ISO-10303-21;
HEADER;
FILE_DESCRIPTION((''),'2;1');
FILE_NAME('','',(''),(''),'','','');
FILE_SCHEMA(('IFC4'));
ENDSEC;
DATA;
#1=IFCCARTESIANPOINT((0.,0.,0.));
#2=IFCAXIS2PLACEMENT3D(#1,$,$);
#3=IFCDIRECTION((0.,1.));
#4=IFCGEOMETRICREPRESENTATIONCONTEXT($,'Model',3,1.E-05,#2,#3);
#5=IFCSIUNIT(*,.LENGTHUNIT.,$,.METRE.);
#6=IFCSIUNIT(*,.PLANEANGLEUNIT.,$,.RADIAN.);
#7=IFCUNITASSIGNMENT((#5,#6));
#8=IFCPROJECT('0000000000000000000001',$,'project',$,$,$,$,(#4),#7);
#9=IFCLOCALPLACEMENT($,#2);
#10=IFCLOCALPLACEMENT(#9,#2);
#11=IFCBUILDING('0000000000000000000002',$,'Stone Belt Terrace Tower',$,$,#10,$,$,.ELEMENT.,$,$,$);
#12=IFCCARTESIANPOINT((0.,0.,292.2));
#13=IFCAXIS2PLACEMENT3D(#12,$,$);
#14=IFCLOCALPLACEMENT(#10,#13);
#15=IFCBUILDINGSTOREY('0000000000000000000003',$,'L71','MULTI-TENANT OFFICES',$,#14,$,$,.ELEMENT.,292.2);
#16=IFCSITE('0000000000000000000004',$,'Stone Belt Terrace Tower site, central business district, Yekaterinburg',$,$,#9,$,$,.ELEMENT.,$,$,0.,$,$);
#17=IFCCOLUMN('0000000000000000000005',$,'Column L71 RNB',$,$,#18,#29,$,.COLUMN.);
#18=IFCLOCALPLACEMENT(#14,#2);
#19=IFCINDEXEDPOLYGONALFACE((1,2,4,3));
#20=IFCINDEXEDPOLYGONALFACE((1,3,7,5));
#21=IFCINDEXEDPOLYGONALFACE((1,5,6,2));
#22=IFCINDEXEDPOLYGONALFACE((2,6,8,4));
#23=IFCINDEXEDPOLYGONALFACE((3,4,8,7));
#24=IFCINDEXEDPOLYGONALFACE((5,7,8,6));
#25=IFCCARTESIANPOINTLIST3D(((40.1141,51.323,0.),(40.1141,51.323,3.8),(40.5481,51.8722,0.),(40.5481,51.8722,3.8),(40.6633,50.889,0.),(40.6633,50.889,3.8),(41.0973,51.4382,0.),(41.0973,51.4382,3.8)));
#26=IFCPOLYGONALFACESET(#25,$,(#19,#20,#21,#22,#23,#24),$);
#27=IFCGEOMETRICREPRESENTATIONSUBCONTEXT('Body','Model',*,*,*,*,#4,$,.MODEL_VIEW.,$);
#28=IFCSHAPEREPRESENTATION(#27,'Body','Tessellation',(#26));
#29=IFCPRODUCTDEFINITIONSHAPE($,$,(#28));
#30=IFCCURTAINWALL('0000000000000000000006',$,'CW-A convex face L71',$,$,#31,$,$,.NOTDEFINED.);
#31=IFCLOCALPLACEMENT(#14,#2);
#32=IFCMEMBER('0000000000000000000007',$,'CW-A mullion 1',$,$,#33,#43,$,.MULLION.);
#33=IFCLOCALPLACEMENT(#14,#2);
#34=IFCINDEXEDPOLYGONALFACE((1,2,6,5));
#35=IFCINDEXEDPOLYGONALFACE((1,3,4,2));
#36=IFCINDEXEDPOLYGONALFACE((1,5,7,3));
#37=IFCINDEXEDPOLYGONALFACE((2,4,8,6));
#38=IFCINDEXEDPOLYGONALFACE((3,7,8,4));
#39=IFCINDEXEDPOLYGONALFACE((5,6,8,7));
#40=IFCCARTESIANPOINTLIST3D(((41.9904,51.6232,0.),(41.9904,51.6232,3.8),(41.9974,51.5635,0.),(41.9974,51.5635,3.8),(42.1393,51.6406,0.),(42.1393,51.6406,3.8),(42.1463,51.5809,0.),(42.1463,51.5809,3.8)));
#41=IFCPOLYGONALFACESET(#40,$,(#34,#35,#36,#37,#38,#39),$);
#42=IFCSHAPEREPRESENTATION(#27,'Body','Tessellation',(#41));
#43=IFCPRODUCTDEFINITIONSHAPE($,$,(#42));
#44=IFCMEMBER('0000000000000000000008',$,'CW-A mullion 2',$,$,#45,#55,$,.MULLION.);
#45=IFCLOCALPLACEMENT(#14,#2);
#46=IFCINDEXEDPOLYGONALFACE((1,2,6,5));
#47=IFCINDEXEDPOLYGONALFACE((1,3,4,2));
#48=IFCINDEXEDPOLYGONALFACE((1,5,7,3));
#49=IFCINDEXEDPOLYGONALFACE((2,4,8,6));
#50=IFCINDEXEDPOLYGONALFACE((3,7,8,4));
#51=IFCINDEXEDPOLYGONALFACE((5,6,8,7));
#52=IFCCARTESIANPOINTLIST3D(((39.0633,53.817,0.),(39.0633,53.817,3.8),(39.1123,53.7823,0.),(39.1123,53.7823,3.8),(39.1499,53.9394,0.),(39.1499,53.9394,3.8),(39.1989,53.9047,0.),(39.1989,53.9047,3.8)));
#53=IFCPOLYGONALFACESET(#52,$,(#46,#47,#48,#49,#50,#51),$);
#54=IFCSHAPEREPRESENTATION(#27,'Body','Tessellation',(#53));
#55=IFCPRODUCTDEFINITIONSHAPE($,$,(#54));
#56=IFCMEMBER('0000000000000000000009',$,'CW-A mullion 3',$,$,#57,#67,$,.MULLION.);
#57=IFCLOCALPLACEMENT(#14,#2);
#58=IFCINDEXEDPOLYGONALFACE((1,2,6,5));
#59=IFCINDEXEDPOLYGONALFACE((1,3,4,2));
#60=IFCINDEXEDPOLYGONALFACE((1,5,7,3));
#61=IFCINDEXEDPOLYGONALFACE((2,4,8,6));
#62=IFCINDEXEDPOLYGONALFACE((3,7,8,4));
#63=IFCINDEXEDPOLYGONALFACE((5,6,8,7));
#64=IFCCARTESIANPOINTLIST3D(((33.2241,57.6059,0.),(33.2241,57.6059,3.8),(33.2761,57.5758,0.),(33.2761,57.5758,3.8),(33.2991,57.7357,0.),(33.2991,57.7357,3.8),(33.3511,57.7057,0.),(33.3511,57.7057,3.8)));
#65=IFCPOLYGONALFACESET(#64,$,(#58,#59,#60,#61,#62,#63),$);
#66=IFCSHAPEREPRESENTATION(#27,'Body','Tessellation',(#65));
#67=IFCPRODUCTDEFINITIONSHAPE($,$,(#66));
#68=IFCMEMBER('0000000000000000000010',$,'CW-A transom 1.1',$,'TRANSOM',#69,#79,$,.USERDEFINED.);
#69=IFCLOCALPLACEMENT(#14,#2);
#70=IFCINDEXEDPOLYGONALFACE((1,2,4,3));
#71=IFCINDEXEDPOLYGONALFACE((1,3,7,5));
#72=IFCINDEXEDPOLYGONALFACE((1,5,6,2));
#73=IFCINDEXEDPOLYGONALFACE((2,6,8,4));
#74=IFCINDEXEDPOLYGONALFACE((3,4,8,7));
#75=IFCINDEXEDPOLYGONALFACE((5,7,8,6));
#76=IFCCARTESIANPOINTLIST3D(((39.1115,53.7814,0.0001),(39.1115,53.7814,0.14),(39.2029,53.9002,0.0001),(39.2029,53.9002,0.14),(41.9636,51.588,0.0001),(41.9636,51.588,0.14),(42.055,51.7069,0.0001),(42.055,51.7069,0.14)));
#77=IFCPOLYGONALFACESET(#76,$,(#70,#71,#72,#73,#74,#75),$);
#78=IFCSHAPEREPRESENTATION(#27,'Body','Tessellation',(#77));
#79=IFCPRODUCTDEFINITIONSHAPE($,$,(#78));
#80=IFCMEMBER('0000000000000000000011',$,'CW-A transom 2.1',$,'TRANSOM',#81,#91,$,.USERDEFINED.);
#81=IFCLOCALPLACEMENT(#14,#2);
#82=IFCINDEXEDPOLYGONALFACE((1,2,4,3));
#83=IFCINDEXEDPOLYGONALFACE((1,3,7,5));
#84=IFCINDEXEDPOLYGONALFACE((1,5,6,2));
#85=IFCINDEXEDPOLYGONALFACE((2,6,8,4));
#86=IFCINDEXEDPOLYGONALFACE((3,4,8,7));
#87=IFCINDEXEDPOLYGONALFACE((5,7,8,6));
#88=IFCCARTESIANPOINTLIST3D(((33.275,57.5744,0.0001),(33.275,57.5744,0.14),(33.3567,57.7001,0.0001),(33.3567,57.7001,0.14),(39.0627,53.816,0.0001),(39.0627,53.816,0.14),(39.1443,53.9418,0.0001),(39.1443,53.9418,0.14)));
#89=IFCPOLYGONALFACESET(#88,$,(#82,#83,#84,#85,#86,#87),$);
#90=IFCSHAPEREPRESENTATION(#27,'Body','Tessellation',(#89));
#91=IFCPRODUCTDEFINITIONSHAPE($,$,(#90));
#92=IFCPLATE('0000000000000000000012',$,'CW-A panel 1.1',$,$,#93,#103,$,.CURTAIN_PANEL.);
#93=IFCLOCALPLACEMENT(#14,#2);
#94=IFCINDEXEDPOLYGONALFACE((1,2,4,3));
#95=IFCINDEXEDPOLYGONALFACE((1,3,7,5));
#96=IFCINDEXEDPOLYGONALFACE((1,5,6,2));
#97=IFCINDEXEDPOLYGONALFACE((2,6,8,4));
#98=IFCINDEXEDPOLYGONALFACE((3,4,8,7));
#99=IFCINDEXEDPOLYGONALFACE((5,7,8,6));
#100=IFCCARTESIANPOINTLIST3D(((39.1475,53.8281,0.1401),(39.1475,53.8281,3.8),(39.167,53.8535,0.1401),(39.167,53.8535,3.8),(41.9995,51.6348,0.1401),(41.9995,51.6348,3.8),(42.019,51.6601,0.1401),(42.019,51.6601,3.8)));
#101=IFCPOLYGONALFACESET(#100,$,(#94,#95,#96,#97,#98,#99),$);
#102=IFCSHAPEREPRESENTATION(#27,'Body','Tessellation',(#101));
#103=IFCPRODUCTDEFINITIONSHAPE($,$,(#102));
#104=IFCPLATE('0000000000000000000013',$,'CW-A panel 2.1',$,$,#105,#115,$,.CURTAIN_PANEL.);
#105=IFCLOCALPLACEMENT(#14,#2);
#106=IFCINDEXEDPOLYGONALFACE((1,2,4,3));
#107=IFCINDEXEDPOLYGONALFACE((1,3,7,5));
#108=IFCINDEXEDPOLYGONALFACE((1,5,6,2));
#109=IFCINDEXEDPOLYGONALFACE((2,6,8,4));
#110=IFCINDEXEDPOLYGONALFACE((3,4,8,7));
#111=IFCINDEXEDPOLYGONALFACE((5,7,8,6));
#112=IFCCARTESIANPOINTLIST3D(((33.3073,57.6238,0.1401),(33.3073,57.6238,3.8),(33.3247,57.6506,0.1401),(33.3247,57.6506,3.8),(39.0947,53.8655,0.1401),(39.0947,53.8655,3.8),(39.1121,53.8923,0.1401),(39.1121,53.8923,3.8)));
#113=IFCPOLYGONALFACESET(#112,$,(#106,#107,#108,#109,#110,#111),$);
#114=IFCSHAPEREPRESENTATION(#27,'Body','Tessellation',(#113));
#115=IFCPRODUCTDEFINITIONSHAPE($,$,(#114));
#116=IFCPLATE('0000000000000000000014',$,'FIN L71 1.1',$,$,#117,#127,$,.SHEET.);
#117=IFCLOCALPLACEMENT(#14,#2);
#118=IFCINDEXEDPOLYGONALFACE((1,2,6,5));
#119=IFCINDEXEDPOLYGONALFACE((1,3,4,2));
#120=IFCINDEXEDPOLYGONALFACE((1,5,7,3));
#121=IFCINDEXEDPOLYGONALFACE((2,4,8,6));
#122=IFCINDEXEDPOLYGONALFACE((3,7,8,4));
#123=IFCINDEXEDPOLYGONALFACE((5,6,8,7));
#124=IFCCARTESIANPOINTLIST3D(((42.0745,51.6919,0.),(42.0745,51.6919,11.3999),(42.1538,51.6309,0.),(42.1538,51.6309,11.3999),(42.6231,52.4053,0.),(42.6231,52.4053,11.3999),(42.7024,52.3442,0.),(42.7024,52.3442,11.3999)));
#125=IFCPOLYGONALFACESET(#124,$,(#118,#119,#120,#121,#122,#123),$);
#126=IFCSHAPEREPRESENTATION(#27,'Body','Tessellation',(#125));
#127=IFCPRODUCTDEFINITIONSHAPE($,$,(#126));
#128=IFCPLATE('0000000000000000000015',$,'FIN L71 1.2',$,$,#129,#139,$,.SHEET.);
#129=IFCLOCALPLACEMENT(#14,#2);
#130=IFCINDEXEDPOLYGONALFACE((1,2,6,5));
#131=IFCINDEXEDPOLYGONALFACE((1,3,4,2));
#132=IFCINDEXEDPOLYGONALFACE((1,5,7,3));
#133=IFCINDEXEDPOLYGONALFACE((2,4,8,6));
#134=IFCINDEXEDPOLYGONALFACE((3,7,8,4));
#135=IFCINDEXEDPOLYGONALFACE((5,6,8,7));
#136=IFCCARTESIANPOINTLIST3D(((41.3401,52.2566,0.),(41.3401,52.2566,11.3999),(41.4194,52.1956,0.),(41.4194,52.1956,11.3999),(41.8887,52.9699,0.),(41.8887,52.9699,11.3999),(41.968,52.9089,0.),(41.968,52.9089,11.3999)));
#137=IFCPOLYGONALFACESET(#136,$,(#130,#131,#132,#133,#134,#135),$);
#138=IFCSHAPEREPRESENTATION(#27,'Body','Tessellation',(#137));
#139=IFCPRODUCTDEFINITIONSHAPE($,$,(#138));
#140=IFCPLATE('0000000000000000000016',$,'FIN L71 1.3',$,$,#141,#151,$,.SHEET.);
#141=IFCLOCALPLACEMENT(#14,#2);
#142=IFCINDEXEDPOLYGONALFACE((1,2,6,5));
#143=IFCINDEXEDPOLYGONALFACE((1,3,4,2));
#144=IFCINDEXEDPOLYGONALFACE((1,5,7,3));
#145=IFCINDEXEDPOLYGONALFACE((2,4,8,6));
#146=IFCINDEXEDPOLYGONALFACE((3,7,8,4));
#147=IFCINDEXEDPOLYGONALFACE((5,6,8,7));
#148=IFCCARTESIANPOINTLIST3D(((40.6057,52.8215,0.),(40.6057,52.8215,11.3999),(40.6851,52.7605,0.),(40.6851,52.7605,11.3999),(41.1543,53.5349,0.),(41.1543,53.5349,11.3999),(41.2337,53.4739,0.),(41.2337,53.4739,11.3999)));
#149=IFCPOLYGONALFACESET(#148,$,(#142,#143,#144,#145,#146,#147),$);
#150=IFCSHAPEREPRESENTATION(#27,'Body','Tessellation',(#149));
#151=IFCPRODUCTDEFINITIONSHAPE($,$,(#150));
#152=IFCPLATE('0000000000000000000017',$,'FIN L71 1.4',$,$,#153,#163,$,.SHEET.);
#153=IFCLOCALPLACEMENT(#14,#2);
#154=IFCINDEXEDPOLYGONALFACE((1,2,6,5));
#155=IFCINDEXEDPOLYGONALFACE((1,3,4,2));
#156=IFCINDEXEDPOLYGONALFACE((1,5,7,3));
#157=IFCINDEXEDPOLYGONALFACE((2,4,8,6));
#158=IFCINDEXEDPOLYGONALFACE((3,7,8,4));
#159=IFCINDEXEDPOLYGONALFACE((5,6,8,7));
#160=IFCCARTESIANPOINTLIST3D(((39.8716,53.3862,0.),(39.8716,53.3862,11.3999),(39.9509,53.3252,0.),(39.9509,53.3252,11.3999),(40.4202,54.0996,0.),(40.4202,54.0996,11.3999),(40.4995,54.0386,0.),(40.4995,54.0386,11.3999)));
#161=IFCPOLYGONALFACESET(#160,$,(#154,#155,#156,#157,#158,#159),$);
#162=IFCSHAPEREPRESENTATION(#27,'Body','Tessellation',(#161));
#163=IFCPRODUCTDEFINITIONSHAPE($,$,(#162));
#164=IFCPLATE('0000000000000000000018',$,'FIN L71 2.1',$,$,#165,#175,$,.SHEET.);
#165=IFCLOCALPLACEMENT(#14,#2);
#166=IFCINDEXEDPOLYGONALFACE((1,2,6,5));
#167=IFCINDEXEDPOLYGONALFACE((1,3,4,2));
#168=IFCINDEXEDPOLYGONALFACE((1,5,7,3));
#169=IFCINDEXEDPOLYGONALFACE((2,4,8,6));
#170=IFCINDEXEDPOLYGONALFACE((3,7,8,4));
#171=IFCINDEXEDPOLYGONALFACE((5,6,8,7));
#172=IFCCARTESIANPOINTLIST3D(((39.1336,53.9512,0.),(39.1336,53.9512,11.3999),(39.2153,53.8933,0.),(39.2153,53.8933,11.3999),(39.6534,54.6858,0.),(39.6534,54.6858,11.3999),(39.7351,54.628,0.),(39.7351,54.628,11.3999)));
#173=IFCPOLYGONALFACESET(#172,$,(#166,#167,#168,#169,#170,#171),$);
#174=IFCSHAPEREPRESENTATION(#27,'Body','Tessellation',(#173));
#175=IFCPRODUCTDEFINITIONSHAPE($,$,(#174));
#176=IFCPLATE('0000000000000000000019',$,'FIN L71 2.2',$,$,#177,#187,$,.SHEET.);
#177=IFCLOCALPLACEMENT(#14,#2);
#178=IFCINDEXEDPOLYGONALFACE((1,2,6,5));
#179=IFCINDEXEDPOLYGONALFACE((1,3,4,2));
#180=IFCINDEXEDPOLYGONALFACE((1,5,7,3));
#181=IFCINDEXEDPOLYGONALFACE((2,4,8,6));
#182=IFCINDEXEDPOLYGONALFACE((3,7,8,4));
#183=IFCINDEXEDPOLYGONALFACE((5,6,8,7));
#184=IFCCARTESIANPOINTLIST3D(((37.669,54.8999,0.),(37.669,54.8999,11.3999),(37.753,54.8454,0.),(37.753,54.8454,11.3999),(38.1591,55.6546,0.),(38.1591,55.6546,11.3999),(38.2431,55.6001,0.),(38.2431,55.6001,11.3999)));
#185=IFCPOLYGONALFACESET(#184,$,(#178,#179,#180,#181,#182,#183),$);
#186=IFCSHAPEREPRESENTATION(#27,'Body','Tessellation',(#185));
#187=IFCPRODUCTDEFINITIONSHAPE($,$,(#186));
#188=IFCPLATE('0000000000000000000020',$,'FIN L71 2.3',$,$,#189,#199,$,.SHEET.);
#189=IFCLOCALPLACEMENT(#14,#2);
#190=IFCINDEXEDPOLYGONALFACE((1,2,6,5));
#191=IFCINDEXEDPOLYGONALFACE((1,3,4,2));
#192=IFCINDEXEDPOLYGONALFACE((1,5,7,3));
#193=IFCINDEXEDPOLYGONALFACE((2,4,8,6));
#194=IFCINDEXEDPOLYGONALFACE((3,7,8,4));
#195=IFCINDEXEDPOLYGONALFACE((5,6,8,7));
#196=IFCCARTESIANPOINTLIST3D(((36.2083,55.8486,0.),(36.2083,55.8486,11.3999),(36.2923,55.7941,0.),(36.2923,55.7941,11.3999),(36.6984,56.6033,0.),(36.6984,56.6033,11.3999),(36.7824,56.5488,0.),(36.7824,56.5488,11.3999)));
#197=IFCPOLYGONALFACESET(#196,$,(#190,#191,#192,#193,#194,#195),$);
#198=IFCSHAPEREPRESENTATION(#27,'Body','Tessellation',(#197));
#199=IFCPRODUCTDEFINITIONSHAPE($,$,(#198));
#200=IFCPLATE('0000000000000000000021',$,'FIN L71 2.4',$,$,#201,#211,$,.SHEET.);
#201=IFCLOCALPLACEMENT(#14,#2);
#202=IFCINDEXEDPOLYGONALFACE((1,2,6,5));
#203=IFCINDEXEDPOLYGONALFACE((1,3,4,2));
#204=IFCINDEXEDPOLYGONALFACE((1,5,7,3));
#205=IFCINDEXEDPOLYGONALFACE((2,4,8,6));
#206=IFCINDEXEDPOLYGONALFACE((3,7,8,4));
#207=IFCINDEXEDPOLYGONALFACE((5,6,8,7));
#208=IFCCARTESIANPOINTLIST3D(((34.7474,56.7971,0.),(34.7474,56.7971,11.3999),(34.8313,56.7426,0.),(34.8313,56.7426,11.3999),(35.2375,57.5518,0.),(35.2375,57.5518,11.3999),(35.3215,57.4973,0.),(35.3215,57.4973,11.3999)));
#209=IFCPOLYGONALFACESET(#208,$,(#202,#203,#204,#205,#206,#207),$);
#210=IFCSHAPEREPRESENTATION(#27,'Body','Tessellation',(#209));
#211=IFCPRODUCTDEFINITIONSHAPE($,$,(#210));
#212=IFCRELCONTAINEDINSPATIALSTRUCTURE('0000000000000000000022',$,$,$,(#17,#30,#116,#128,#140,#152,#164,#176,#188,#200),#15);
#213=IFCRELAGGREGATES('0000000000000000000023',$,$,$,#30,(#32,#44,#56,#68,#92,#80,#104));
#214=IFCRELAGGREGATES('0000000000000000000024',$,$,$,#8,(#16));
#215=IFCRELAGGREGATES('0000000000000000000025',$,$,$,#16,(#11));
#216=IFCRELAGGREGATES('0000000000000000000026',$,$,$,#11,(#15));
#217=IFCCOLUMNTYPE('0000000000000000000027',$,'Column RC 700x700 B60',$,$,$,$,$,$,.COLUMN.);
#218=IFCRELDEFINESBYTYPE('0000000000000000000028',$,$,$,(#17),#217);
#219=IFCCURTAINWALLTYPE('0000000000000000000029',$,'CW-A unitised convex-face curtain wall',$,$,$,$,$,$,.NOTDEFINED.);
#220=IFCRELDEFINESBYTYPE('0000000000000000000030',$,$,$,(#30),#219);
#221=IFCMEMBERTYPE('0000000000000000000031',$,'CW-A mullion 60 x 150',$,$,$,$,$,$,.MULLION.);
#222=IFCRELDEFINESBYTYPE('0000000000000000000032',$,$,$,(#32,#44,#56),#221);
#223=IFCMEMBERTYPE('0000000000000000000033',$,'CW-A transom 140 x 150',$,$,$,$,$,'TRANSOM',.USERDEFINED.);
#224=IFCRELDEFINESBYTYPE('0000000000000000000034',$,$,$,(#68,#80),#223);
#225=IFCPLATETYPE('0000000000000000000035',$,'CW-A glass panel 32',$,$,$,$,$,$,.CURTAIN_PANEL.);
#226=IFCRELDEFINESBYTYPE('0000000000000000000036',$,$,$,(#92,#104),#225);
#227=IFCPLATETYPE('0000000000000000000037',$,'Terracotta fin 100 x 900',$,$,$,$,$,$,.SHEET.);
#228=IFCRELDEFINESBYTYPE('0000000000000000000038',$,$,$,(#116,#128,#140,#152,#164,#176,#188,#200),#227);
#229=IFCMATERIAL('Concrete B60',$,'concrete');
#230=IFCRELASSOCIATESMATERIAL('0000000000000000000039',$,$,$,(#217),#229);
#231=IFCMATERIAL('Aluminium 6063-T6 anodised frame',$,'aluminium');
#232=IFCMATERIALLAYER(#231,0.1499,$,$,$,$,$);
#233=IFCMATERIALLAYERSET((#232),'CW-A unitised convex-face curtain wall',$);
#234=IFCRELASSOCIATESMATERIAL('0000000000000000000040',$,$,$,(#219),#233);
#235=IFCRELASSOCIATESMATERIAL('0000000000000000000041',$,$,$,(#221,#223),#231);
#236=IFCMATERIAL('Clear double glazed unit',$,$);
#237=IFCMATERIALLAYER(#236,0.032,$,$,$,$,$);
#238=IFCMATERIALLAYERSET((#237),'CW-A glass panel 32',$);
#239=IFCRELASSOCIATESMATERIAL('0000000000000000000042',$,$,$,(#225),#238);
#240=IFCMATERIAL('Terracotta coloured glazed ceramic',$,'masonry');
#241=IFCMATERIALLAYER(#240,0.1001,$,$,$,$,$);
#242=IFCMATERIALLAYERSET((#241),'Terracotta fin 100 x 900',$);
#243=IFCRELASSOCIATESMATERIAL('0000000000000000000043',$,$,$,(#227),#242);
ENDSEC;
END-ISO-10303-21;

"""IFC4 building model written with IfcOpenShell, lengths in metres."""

from ifc_helpers import new_model, si_unit, direction, frame, origin, origin_2d, place, context, subcontext, project, spatial, rectangle, extrude, material, layer, layer_set, material_profile, profile_set, type_object, element, aggregate, save


model = new_model("IFC4")

# Units and contexts
model_context = context("Model", 3, precision=1e-05, world=origin(), true_north=direction((0.0, 1.0)))
body_context = subcontext(model_context, "Body", "Model", "MODEL_VIEW")
ifc_project = project(units=[si_unit("LENGTHUNIT", "METRE"), si_unit("PLANEANGLEUNIT", "RADIAN")], contexts=[model_context])

# Site, building, storey
site_placement = place(None, origin())
site = spatial("IfcSite", under=ifc_project, at=site_placement, Name="Stone Belt Terrace Tower site, central business district, Yekaterinburg", CompositionType="ELEMENT", RefElevation=0.0)
building_placement = place(site_placement, origin())
building = spatial("IfcBuilding", under=site, at=building_placement, Name="Stone Belt Terrace Tower", CompositionType="ELEMENT")
storey_placement = place(building_placement, frame((0.0, 0.0, 292.2)))
storey = spatial("IfcBuildingStorey", under=building, at=storey_placement, Name="L71", Description="MULTI-TENANT OFFICES", CompositionType="ELEMENT", Elevation=292.2)

# Column
ifc_material_1 = material(Name="Concrete B60", Category="concrete")
ifc_material_profile_1 = material_profile(ifc_material_1, rectangle(XDim=0.7, YDim=0.7, at=origin_2d()), Name="RC 700x700")
ifc_profile_set_1 = profile_set([ifc_material_profile_1], Name="Concrete B60")
column_type = type_object("IfcColumnType", Name="Column RC 700x700 B60", PredefinedType="COLUMN", material=ifc_profile_set_1)
column_placement = place(storey_placement, frame((40.6057, 51.3806, 0.0), z_axis=(0.0, 0.0, 1.0), x_axis=(0.78457, -0.620041, 0.0)))
element("IfcColumn", 1, at=column_placement, inside=storey, type_object=column_type, Name="Column L71 RNB", PredefinedType="COLUMN", context=body_context, shape_type="SweptSolid", body=[
    extrude(rectangle(XDim=0.7, YDim=0.7, at=origin_2d()), origin(), (0.0, 0.0, 1.0), 3.8),
])

# Curtain wall, members, plates
ifc_material_2 = material(Name="Aluminium 6063-T6 anodised frame", Category="aluminium")
ifc_layer_1 = layer(ifc_material_2, 0.1499)
ifc_layer_set_1 = layer_set([ifc_layer_1], Name="CW-A unitised convex-face curtain wall")
curtain_wall_type = type_object("IfcCurtainWallType", Name="CW-A unitised convex-face curtain wall", PredefinedType="NOTDEFINED", material=ifc_layer_set_1)
curtain_wall_placement = place(storey_placement, origin())
curtain_wall = element("IfcCurtainWall", 2, at=curtain_wall_placement, inside=storey, type_object=curtain_wall_type, Name="CW-A convex face L71", PredefinedType="NOTDEFINED")
ifc_material_profile_2 = material_profile(ifc_material_2, rectangle(XDim=0.1499, YDim=0.0601, at=origin_2d()), Name="Aluminium 6063-T6 60x150")
ifc_profile_set_2 = profile_set([ifc_material_profile_2], Name="Aluminium 6063-T6 anodised frame")
member_type_1 = type_object("IfcMemberType", Name="CW-A mullion 60 x 150", PredefinedType="MULLION", material=ifc_profile_set_2)
member_1_placement = place(storey_placement, frame((42.0684, 51.6021, 0.0), z_axis=(0.0, 0.0, 1.0), x_axis=(-0.993258, -0.115925, 0.0)))
member_1 = element("IfcMember", 3, at=member_1_placement, type_object=member_type_1, Name="CW-A mullion 1", PredefinedType="MULLION", context=body_context, shape_type="SweptSolid", body=[
    extrude(rectangle(XDim=0.1499, YDim=0.0601, at=origin_2d()), origin(), (0.0, 0.0, 1.0), 3.8),
])
member_2_placement = place(storey_placement, frame((39.1311, 53.8608, 0.0), z_axis=(0.0, 0.0, 1.0), x_axis=(-0.577587, -0.816329, 0.0)))
member_2 = element("IfcMember", 4, at=member_2_placement, type_object=member_type_1, Name="CW-A mullion 2", PredefinedType="MULLION", context=body_context, shape_type="SweptSolid", body=[
    extrude(rectangle(XDim=0.1499, YDim=0.0601, at=origin_2d()), origin(), (0.0, 0.0, 1.0), 3.8),
])
member_3_placement = place(storey_placement, frame((33.2876, 57.6558, 0.0), z_axis=(0.0, 0.0, 1.0), x_axis=(-0.5, -0.866025, 0.0)))
member_3 = element("IfcMember", 5, at=member_3_placement, type_object=member_type_1, Name="CW-A mullion 3", PredefinedType="MULLION", context=body_context, shape_type="SweptSolid", body=[
    extrude(rectangle(XDim=0.1499, YDim=0.0601, at=origin_2d()), origin(), (0.0, 0.0, 1.0), 3.8),
])
ifc_material_profile_3 = material_profile(ifc_material_2, rectangle(XDim=0.1499, YDim=0.1399, at=origin_2d()), Name="Aluminium 6063-T6 150x140")
ifc_profile_set_3 = profile_set([ifc_material_profile_3], Name="Aluminium 6063-T6 anodised frame")
member_type_2 = type_object("IfcMemberType", Name="CW-A transom 140 x 150", ElementType="TRANSOM", PredefinedType="USERDEFINED", material=ifc_profile_set_3)
member_4_placement = place(storey_placement, frame((42.0093, 51.6475, 0.0701), z_axis=(-0.792695, 0.609619, 0.0), x_axis=(-0.609619, -0.792695, 0.0)))
member_4 = element("IfcMember", 6, at=member_4_placement, type_object=member_type_2, Name="CW-A transom 1.1", ObjectType="TRANSOM", PredefinedType="USERDEFINED", context=body_context, shape_type="SweptSolid", body=[
    extrude(rectangle(XDim=0.1499, YDim=0.1399, at=origin_2d()), origin(), (0.0, 0.0, 1.0), 3.5979),
])
member_5_placement = place(storey_placement, frame((39.1035, 53.8789, 0.0701), z_axis=(-0.838684, 0.544618, 0.0), x_axis=(-0.544618, -0.838684, 0.0)))
member_5 = element("IfcMember", 7, at=member_5_placement, type_object=member_type_2, Name="CW-A transom 2.1", ObjectType="TRANSOM", PredefinedType="USERDEFINED", context=body_context, shape_type="SweptSolid", body=[
    extrude(rectangle(XDim=0.1499, YDim=0.1399, at=origin_2d()), origin(), (0.0, 0.0, 1.0), 6.9009),
])
ifc_material_3 = material(Name="Clear double glazed unit")
ifc_layer_2 = layer(ifc_material_3, 0.032)
ifc_layer_set_2 = layer_set([ifc_layer_2], Name="CW-A glass panel 32")
plate_type_1 = type_object("IfcPlateType", Name="CW-A glass panel 32", PredefinedType="CURTAIN_PANEL", material=ifc_layer_set_2)
plate_1_placement = place(storey_placement, frame((40.5833, 52.7441, 0.1401), z_axis=(0.0, 0.0, 1.0), x_axis=(-0.792694, 0.60962, 0.0)))
plate_1 = element("IfcPlate", 8, at=plate_1_placement, type_object=plate_type_1, Name="CW-A panel 1.1", PredefinedType="CURTAIN_PANEL", context=body_context, shape_type="SweptSolid", body=[
    extrude(rectangle(XDim=3.5979, YDim=0.032, at=origin_2d()), origin(), (0.0, 0.0, 1.0), 3.6599),
])
plate_2_placement = place(storey_placement, frame((36.2097, 55.7581, 0.1401), z_axis=(0.0, 0.0, 1.0), x_axis=(-0.838671, 0.544639, 0.0)))
plate_2 = element("IfcPlate", 9, at=plate_2_placement, type_object=plate_type_1, Name="CW-A panel 2.1", PredefinedType="CURTAIN_PANEL", context=body_context, shape_type="SweptSolid", body=[
    extrude(rectangle(XDim=6.9006, YDim=0.032, at=origin_2d()), origin(), (0.0, 0.0, 1.0), 3.6599),
])
aggregate(curtain_wall, [member_1, member_2, member_3, member_4, plate_1, member_5, plate_2])

# Plates
ifc_material_4 = material(Name="Terracotta coloured glazed ceramic", Category="masonry")
ifc_layer_3 = layer(ifc_material_4, 0.1001)
ifc_layer_set_3 = layer_set([ifc_layer_3], Name="Terracotta fin 100 x 900")
plate_type_2 = type_object("IfcPlateType", Name="Terracotta fin 100 x 900", PredefinedType="SHEET", material=ifc_layer_set_3)
for number, where, z_axis, x_axis, name in (
    (10, (42.3884, 52.0181, 0.0), (0.0, 0.0, 1.0), (0.60962, 0.792694, 0.0), "FIN L71 1.1"),
    (11, (41.6541, 52.5828, 0.0), (0.0, 0.0, 1.0), (0.60962, 0.792694, 0.0), "FIN L71 1.2"),
    (12, (40.9197, 53.1477, 0.0), (0.0, 0.0, 1.0), (0.60962, 0.792694, 0.0), "FIN L71 1.3"),
    (13, (40.1855, 53.7124, 0.0), (0.0, 0.0, 1.0), (0.60962, 0.792694, 0.0), "FIN L71 1.4"),
    (14, (39.4343, 54.2896, 0.0), (0.0, 0.0, 1.0), (0.577587, 0.816329, 0.0), "FIN L71 2.1"),
    (15, (37.9561, 55.25, 0.0), (0.0, 0.0, 1.0), (0.544639, 0.838671, 0.0), "FIN L71 2.2"),
    (16, (36.4954, 56.1987, 0.0), (0.0, 0.0, 1.0), (0.544639, 0.838671, 0.0), "FIN L71 2.3"),
    (17, (35.0344, 57.1472, 0.0), (0.0, 0.0, 1.0), (0.544639, 0.838671, 0.0), "FIN L71 2.4"),
):
    element("IfcPlate", number, at=place(storey_placement, frame(where, z_axis=z_axis, x_axis=x_axis)), inside=storey, type_object=plate_type_2, Name=name, PredefinedType="SHEET", context=body_context, shape_type="SweptSolid", body=[
        extrude(rectangle(XDim=0.8999, YDim=0.1001, at=origin_2d()), origin(), (0.0, 0.0, 1.0), 11.3999),
    ])

save(model, "model.ifc")
